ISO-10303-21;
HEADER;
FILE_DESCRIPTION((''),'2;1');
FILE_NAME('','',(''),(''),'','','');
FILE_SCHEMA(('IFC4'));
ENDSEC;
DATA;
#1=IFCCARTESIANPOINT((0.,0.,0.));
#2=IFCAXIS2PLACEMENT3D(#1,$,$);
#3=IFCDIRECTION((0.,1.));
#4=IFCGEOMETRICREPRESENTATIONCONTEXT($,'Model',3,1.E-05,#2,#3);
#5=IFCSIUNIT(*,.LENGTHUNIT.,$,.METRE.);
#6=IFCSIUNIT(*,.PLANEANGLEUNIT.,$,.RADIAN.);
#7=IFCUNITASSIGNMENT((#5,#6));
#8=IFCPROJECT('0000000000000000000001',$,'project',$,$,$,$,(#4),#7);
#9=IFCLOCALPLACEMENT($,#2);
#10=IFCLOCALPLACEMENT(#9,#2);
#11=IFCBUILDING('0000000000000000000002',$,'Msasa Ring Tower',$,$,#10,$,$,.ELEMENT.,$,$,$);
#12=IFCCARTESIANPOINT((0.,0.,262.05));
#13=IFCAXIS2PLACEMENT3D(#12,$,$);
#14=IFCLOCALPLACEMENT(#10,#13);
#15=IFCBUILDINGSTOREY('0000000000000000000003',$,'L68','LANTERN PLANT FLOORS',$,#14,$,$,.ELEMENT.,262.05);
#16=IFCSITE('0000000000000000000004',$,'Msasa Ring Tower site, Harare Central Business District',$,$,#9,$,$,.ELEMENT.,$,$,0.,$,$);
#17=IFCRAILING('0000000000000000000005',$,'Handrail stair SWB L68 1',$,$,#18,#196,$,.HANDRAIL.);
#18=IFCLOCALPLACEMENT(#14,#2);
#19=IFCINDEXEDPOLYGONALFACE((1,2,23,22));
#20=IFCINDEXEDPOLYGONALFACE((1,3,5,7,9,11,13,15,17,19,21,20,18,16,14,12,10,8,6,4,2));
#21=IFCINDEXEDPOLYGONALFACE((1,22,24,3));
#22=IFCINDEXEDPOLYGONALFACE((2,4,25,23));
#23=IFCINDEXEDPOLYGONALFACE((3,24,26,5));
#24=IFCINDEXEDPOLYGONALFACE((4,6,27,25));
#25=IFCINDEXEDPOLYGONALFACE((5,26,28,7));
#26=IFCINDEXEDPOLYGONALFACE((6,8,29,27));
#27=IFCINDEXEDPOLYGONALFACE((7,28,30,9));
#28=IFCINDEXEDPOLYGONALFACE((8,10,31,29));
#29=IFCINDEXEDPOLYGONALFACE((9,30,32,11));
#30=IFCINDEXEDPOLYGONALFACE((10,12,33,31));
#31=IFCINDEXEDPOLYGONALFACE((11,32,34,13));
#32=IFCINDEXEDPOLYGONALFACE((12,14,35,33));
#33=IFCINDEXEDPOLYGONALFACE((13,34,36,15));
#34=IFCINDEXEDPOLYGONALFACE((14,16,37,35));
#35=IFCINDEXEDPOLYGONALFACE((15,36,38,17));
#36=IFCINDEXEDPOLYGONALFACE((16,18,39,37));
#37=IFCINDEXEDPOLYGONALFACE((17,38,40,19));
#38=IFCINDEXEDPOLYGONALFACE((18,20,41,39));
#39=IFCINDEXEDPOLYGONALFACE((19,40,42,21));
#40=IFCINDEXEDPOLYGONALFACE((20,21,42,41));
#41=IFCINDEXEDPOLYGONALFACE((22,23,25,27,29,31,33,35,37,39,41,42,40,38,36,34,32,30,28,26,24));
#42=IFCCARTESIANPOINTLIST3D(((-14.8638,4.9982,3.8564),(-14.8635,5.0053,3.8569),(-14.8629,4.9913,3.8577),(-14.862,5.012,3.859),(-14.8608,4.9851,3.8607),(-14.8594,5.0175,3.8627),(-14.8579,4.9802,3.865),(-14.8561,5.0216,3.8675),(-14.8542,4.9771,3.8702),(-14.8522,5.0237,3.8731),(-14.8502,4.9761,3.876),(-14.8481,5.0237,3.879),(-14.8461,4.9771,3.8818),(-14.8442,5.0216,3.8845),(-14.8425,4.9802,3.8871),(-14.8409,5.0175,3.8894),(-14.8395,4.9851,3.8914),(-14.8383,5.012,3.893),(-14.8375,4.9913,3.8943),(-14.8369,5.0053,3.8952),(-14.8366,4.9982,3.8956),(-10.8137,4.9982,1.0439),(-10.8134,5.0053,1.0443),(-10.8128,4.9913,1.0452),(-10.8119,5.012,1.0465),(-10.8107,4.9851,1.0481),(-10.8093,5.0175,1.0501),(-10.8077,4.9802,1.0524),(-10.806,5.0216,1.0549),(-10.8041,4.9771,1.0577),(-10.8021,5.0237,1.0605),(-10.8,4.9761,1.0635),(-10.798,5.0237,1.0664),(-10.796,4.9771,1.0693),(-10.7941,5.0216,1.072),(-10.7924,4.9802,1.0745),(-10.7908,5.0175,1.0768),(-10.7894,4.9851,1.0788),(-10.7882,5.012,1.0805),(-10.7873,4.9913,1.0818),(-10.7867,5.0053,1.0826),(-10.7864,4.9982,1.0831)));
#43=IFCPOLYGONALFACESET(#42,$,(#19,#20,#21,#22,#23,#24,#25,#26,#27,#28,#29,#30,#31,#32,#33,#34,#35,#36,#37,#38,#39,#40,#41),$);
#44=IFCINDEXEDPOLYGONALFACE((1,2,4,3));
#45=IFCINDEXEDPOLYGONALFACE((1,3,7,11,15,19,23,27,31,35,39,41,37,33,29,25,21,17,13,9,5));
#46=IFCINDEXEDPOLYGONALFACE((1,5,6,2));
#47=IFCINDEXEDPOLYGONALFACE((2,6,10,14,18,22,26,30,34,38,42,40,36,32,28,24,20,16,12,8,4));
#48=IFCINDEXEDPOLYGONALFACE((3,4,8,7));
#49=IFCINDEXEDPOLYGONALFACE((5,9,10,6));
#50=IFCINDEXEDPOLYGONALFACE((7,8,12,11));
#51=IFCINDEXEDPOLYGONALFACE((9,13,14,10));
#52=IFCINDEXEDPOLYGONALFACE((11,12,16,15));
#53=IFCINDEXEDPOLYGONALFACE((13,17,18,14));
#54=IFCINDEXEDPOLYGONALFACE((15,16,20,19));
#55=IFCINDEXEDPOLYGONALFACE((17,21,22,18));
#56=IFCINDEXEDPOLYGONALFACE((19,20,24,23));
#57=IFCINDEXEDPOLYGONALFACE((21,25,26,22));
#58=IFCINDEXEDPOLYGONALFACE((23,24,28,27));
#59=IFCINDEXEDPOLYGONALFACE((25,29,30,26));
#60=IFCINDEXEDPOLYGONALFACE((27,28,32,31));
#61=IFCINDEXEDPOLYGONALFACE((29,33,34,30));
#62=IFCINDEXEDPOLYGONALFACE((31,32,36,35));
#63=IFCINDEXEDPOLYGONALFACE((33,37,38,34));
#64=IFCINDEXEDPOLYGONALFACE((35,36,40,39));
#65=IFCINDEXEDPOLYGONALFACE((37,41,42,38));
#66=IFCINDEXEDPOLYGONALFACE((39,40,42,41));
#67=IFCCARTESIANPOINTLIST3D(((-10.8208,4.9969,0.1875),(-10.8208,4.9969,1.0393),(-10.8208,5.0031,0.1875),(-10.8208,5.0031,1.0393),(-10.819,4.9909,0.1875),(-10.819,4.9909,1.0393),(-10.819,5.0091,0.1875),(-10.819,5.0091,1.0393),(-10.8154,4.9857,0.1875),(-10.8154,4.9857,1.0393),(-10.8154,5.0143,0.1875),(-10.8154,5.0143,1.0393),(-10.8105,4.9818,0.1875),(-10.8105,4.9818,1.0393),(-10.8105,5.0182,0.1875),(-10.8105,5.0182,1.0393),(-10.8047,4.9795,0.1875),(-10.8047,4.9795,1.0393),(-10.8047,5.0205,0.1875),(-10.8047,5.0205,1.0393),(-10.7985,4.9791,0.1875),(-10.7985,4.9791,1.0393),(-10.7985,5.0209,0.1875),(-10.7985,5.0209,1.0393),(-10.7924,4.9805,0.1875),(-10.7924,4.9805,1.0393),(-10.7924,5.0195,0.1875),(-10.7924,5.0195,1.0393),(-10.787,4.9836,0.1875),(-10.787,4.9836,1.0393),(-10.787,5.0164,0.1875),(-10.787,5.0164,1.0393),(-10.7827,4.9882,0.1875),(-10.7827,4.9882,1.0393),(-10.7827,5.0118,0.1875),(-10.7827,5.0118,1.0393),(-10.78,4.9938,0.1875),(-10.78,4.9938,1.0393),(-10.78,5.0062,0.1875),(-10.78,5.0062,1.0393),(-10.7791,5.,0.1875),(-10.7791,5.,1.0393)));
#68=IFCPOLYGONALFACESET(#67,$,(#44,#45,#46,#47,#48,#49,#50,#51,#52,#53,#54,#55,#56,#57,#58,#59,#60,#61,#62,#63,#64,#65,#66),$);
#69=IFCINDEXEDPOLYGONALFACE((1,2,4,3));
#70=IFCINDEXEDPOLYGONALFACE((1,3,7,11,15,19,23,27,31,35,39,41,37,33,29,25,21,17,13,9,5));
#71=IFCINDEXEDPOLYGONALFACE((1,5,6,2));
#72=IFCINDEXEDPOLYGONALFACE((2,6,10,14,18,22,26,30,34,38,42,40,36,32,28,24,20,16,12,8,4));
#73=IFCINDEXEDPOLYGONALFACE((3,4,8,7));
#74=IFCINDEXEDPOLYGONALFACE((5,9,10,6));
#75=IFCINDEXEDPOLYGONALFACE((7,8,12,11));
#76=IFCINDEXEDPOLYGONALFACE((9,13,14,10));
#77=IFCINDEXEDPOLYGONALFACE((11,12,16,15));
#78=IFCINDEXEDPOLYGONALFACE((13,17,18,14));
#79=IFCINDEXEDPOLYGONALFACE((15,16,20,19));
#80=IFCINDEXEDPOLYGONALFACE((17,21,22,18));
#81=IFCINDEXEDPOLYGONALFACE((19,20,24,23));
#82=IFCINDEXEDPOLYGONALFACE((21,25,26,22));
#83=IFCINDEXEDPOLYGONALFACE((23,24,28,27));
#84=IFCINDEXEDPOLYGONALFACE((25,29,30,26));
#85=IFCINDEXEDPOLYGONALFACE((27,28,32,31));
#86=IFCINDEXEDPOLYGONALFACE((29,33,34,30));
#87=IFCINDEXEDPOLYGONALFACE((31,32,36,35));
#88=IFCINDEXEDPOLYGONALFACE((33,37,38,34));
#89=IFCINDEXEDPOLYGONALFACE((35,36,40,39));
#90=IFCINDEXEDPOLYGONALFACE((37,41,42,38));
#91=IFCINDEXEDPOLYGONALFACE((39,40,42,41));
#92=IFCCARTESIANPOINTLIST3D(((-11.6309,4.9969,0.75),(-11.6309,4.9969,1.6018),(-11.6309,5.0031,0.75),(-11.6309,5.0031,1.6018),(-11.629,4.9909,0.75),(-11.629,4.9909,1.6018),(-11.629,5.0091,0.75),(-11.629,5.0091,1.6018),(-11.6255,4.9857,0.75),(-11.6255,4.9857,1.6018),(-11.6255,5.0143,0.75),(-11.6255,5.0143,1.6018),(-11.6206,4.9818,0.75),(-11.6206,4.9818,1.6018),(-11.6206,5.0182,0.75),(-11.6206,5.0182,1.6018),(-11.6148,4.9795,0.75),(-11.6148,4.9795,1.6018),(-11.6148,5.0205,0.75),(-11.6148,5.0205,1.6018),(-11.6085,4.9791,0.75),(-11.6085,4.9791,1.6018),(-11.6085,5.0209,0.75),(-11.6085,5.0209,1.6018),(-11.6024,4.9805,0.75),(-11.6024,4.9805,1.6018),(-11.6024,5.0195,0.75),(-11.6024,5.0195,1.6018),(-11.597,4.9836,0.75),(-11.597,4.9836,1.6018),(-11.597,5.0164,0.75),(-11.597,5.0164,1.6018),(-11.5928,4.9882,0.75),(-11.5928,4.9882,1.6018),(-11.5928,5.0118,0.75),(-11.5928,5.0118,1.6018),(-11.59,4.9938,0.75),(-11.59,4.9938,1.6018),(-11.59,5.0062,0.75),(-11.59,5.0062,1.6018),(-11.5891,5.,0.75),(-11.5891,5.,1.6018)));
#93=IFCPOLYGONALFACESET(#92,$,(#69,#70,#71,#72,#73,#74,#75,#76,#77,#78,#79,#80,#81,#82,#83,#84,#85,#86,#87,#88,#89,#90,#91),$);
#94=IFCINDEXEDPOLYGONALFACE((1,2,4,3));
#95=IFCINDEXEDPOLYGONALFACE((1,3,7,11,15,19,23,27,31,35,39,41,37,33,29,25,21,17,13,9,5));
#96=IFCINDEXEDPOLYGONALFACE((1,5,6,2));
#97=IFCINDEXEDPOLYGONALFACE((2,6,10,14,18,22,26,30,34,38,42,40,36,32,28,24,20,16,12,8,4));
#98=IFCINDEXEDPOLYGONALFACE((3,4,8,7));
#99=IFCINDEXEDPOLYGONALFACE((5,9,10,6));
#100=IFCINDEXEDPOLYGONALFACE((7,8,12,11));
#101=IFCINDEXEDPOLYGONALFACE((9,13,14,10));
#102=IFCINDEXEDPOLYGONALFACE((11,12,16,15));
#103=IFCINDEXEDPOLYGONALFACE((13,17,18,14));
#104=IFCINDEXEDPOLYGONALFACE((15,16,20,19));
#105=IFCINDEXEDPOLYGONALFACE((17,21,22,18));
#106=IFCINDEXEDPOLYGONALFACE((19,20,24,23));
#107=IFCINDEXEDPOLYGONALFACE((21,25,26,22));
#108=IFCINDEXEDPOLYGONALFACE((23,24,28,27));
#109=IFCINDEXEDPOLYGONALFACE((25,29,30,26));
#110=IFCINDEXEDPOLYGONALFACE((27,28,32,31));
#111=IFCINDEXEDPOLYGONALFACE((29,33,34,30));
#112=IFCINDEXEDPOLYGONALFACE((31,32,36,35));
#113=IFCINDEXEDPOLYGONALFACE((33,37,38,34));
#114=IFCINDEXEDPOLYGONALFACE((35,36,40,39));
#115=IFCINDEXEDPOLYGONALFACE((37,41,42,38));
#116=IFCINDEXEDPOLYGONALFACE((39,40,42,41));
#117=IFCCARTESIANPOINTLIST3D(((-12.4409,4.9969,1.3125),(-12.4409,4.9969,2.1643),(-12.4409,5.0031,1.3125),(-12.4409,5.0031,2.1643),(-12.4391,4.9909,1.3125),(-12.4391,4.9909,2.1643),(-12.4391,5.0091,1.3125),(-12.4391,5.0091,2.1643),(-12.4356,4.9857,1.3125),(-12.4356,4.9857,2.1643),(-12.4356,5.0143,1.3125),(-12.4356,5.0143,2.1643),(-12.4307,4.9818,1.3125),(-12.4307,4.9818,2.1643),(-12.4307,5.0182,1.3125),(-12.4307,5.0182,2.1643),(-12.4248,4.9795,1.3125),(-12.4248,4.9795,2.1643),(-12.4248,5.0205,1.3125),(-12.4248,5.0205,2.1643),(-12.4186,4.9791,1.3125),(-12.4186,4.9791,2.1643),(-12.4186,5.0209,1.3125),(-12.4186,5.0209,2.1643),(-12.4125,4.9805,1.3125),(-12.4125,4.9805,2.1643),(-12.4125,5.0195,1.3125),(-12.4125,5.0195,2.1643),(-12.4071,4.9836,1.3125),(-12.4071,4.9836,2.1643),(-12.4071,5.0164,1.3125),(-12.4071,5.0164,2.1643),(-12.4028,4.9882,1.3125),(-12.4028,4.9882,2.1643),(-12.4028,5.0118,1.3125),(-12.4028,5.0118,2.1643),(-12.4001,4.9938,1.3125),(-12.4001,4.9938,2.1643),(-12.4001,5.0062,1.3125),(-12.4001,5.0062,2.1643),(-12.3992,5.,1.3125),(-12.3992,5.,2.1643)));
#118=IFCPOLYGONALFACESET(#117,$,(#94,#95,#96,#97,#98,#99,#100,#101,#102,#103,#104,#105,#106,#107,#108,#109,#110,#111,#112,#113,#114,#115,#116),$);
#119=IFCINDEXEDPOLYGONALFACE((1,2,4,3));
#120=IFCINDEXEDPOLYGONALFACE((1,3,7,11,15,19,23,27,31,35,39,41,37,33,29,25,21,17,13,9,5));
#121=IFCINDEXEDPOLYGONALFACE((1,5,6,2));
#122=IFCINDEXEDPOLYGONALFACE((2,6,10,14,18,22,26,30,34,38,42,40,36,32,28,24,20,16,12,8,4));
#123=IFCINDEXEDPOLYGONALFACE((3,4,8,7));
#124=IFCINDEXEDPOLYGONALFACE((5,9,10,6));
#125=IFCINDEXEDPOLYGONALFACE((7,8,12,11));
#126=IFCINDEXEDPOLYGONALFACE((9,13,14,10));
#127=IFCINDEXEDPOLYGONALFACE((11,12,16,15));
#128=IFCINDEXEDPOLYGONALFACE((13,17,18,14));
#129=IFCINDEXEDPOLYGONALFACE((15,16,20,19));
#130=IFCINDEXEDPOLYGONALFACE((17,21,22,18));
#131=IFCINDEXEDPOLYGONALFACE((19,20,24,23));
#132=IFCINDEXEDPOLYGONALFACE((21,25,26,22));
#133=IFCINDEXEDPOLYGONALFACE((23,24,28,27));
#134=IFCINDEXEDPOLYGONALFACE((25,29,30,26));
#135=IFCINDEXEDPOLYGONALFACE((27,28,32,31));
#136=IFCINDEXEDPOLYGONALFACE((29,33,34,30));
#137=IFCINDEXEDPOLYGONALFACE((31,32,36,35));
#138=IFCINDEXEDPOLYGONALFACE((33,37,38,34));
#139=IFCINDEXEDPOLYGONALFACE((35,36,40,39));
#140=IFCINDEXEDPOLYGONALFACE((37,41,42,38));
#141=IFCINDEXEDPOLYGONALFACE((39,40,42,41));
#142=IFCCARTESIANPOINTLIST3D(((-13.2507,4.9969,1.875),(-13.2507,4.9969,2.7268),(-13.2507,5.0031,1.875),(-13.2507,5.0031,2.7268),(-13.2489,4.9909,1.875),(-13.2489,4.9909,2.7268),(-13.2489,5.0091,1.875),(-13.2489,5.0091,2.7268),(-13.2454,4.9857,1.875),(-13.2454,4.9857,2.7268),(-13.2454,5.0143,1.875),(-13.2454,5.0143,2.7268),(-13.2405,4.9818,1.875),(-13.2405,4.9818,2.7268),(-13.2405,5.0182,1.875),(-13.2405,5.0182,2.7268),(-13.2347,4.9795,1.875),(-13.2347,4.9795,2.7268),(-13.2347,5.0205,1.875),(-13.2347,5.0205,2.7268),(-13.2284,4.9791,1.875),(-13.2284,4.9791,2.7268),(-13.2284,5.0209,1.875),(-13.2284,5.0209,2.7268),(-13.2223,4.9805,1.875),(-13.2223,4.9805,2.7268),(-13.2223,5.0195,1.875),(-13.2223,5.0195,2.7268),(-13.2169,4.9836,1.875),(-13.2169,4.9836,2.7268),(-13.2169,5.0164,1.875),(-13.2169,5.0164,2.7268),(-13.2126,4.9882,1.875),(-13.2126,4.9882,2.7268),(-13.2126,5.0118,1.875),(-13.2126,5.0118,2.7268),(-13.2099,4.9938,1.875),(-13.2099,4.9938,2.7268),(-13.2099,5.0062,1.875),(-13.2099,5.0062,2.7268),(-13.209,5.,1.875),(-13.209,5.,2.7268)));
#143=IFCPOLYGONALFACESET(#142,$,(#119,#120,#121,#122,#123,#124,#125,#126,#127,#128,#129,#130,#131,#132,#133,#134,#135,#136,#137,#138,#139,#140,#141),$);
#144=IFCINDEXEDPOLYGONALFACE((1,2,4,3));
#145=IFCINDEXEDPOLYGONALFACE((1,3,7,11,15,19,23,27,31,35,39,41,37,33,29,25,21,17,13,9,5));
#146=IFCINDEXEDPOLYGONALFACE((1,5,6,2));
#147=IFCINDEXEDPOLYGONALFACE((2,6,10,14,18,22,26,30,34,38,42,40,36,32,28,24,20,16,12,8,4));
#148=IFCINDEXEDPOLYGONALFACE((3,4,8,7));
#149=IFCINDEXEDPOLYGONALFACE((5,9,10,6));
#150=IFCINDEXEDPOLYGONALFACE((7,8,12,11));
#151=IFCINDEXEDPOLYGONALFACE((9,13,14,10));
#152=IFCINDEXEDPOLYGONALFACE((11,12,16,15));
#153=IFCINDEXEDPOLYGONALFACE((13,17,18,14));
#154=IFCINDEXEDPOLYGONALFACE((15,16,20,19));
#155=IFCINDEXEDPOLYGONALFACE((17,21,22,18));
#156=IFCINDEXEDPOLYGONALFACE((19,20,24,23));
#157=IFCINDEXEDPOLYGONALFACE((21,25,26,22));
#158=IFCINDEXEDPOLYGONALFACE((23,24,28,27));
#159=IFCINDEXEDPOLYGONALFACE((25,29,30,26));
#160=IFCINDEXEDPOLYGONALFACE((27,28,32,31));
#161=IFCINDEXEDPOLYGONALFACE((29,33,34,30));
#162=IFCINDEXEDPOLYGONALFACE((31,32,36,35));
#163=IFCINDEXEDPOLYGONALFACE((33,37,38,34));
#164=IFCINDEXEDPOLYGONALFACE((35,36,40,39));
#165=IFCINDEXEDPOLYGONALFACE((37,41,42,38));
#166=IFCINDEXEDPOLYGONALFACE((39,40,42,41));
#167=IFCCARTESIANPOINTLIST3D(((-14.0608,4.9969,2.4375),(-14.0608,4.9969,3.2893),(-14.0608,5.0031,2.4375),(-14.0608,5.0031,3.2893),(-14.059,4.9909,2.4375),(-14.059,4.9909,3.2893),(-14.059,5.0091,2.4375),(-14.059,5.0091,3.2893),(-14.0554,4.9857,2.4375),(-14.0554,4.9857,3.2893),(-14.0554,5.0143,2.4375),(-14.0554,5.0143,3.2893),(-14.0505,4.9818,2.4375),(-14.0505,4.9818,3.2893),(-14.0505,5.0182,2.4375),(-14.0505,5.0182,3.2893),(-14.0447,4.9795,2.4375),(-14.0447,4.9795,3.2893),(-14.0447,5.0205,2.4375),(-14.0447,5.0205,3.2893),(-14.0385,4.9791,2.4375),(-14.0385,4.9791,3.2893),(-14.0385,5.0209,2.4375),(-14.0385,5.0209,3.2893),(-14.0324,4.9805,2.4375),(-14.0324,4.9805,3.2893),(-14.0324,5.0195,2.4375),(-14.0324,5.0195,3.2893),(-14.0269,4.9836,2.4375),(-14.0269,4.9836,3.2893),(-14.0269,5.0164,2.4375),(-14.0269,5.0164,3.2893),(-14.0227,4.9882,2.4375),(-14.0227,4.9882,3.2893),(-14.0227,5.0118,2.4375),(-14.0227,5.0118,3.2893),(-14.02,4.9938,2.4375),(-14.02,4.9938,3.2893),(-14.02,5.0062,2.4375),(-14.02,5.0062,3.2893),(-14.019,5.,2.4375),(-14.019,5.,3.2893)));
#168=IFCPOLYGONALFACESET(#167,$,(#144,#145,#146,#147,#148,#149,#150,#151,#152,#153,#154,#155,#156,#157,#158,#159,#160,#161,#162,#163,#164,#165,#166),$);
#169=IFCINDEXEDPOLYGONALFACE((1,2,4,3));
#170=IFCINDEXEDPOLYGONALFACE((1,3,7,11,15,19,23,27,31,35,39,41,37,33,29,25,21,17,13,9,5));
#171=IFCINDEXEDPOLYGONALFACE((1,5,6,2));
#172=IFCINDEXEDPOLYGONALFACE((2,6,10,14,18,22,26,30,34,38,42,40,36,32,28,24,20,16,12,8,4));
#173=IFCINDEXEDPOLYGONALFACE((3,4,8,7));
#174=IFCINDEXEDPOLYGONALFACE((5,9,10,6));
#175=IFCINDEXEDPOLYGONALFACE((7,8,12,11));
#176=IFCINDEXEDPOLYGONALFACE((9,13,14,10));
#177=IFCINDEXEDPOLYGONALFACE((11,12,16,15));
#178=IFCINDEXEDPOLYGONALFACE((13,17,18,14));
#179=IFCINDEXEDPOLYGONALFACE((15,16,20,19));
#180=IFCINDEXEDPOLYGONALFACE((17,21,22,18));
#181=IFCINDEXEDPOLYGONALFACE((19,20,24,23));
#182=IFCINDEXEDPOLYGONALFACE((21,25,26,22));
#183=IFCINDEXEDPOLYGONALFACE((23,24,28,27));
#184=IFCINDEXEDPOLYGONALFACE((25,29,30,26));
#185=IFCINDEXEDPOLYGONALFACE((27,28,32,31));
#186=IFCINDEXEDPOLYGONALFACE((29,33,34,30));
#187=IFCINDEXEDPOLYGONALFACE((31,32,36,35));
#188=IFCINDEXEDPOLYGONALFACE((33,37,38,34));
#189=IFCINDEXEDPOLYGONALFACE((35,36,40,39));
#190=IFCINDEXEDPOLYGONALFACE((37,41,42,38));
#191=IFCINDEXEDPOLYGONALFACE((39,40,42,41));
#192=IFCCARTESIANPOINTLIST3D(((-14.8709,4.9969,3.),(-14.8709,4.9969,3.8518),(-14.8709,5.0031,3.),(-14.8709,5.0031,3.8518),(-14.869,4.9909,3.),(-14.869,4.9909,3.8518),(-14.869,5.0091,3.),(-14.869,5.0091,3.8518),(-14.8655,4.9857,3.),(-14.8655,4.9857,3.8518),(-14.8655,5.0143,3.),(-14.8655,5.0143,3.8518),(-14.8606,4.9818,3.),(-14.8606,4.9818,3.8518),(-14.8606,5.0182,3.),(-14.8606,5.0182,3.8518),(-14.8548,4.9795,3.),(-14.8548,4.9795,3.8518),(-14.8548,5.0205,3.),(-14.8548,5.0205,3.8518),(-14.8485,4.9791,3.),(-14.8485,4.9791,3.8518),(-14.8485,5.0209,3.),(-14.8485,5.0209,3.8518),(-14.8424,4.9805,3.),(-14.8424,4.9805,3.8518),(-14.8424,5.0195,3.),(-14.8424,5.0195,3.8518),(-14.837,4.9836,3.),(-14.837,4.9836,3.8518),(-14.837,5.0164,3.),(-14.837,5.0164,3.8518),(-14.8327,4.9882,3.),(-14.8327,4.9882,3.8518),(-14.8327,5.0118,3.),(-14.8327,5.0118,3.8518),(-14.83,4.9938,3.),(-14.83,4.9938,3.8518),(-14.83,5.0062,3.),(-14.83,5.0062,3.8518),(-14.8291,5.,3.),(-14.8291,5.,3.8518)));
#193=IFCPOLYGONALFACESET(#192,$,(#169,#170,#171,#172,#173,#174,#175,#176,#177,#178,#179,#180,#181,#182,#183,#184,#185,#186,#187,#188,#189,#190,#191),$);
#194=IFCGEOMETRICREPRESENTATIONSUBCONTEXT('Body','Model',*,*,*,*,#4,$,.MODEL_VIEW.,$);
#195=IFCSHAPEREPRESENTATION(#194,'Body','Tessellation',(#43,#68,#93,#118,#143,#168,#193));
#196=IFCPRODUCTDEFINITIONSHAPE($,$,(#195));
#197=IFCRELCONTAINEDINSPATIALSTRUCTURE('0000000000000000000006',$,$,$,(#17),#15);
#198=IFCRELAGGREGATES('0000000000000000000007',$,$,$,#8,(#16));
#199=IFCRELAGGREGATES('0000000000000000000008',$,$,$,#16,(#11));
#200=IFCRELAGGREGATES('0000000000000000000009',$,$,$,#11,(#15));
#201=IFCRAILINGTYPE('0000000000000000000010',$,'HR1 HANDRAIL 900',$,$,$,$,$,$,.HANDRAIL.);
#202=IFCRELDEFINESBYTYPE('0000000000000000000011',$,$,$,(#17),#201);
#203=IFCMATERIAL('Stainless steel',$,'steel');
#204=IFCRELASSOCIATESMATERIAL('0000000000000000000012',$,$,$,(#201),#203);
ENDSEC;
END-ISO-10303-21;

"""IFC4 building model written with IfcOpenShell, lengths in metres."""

from ifc_helpers import new_model, si_unit, direction, frame, origin, origin_2d, place, context, subcontext, project, spatial, circle, extrude, material, type_object, element, save


model = new_model("IFC4")

# Units and contexts
model_context = context("Model", 3, precision=1e-05, world=origin(), true_north=direction((0.0, 1.0)))
body_context = subcontext(model_context, "Body", "Model", "MODEL_VIEW")
ifc_project = project(units=[si_unit("LENGTHUNIT", "METRE"), si_unit("PLANEANGLEUNIT", "RADIAN")], contexts=[model_context])

# Site, building, storey
site_placement = place(None, origin())
site = spatial("IfcSite", under=ifc_project, at=site_placement, Name="Msasa Ring Tower site, Harare Central Business District", CompositionType="ELEMENT", RefElevation=0.0)
building_placement = place(site_placement, origin())
building = spatial("IfcBuilding", under=site, at=building_placement, Name="Msasa Ring Tower", CompositionType="ELEMENT")
storey_placement = place(building_placement, frame((0.0, 0.0, 262.05)))
storey = spatial("IfcBuildingStorey", under=building, at=storey_placement, Name="L68", Description="LANTERN PLANT FLOORS", CompositionType="ELEMENT", Elevation=262.05)

# Railing
ifc_material_1 = material(Name="Stainless steel", Category="steel")
railing_type = type_object("IfcRailingType", Name="HR1 HANDRAIL 900", PredefinedType="HANDRAIL", material=ifc_material_1)
for number, where, name in (
    (1, (-10.8, 5.0, 0.1875), "Handrail stair SWB L68 1"),
):
    element("IfcRailing", number, at=place(storey_placement, frame(where)), inside=storey, type_object=railing_type, Name=name, PredefinedType="HANDRAIL", context=body_context, shape_type="SweptSolid", body=[
        extrude(circle(Radius=0.0239, at=origin_2d()), frame((0.0, 0.0, 0.876), z_axis=(-0.821373, 0.0, 0.570391), x_axis=(0.0, -1.0, 0.0)), (0.0, 0.0, 1.0), 4.9309),
        extrude(circle(Radius=0.021, at=origin_2d()), origin(), (0.0, 0.0, 1.0), 0.8518),
        extrude(circle(Radius=0.021, at=origin_2d()), frame((-0.8101, 0.0, 0.5625)), (0.0, 0.0, 1.0), 0.8518),
        extrude(circle(Radius=0.021, at=origin_2d()), frame((-1.6201, 0.0, 1.125)), (0.0, 0.0, 1.0), 0.8518),
        extrude(circle(Radius=0.021, at=origin_2d()), frame((-2.4299, 0.0, 1.6875)), (0.0, 0.0, 1.0), 0.8518),
        extrude(circle(Radius=0.021, at=origin_2d()), frame((-3.24, 0.0, 2.25)), (0.0, 0.0, 1.0), 0.8518),
        extrude(circle(Radius=0.021, at=origin_2d()), frame((-4.05, 0.0, 2.8125)), (0.0, 0.0, 1.0), 0.8518),
    ])

save(model, "model.ifc")
